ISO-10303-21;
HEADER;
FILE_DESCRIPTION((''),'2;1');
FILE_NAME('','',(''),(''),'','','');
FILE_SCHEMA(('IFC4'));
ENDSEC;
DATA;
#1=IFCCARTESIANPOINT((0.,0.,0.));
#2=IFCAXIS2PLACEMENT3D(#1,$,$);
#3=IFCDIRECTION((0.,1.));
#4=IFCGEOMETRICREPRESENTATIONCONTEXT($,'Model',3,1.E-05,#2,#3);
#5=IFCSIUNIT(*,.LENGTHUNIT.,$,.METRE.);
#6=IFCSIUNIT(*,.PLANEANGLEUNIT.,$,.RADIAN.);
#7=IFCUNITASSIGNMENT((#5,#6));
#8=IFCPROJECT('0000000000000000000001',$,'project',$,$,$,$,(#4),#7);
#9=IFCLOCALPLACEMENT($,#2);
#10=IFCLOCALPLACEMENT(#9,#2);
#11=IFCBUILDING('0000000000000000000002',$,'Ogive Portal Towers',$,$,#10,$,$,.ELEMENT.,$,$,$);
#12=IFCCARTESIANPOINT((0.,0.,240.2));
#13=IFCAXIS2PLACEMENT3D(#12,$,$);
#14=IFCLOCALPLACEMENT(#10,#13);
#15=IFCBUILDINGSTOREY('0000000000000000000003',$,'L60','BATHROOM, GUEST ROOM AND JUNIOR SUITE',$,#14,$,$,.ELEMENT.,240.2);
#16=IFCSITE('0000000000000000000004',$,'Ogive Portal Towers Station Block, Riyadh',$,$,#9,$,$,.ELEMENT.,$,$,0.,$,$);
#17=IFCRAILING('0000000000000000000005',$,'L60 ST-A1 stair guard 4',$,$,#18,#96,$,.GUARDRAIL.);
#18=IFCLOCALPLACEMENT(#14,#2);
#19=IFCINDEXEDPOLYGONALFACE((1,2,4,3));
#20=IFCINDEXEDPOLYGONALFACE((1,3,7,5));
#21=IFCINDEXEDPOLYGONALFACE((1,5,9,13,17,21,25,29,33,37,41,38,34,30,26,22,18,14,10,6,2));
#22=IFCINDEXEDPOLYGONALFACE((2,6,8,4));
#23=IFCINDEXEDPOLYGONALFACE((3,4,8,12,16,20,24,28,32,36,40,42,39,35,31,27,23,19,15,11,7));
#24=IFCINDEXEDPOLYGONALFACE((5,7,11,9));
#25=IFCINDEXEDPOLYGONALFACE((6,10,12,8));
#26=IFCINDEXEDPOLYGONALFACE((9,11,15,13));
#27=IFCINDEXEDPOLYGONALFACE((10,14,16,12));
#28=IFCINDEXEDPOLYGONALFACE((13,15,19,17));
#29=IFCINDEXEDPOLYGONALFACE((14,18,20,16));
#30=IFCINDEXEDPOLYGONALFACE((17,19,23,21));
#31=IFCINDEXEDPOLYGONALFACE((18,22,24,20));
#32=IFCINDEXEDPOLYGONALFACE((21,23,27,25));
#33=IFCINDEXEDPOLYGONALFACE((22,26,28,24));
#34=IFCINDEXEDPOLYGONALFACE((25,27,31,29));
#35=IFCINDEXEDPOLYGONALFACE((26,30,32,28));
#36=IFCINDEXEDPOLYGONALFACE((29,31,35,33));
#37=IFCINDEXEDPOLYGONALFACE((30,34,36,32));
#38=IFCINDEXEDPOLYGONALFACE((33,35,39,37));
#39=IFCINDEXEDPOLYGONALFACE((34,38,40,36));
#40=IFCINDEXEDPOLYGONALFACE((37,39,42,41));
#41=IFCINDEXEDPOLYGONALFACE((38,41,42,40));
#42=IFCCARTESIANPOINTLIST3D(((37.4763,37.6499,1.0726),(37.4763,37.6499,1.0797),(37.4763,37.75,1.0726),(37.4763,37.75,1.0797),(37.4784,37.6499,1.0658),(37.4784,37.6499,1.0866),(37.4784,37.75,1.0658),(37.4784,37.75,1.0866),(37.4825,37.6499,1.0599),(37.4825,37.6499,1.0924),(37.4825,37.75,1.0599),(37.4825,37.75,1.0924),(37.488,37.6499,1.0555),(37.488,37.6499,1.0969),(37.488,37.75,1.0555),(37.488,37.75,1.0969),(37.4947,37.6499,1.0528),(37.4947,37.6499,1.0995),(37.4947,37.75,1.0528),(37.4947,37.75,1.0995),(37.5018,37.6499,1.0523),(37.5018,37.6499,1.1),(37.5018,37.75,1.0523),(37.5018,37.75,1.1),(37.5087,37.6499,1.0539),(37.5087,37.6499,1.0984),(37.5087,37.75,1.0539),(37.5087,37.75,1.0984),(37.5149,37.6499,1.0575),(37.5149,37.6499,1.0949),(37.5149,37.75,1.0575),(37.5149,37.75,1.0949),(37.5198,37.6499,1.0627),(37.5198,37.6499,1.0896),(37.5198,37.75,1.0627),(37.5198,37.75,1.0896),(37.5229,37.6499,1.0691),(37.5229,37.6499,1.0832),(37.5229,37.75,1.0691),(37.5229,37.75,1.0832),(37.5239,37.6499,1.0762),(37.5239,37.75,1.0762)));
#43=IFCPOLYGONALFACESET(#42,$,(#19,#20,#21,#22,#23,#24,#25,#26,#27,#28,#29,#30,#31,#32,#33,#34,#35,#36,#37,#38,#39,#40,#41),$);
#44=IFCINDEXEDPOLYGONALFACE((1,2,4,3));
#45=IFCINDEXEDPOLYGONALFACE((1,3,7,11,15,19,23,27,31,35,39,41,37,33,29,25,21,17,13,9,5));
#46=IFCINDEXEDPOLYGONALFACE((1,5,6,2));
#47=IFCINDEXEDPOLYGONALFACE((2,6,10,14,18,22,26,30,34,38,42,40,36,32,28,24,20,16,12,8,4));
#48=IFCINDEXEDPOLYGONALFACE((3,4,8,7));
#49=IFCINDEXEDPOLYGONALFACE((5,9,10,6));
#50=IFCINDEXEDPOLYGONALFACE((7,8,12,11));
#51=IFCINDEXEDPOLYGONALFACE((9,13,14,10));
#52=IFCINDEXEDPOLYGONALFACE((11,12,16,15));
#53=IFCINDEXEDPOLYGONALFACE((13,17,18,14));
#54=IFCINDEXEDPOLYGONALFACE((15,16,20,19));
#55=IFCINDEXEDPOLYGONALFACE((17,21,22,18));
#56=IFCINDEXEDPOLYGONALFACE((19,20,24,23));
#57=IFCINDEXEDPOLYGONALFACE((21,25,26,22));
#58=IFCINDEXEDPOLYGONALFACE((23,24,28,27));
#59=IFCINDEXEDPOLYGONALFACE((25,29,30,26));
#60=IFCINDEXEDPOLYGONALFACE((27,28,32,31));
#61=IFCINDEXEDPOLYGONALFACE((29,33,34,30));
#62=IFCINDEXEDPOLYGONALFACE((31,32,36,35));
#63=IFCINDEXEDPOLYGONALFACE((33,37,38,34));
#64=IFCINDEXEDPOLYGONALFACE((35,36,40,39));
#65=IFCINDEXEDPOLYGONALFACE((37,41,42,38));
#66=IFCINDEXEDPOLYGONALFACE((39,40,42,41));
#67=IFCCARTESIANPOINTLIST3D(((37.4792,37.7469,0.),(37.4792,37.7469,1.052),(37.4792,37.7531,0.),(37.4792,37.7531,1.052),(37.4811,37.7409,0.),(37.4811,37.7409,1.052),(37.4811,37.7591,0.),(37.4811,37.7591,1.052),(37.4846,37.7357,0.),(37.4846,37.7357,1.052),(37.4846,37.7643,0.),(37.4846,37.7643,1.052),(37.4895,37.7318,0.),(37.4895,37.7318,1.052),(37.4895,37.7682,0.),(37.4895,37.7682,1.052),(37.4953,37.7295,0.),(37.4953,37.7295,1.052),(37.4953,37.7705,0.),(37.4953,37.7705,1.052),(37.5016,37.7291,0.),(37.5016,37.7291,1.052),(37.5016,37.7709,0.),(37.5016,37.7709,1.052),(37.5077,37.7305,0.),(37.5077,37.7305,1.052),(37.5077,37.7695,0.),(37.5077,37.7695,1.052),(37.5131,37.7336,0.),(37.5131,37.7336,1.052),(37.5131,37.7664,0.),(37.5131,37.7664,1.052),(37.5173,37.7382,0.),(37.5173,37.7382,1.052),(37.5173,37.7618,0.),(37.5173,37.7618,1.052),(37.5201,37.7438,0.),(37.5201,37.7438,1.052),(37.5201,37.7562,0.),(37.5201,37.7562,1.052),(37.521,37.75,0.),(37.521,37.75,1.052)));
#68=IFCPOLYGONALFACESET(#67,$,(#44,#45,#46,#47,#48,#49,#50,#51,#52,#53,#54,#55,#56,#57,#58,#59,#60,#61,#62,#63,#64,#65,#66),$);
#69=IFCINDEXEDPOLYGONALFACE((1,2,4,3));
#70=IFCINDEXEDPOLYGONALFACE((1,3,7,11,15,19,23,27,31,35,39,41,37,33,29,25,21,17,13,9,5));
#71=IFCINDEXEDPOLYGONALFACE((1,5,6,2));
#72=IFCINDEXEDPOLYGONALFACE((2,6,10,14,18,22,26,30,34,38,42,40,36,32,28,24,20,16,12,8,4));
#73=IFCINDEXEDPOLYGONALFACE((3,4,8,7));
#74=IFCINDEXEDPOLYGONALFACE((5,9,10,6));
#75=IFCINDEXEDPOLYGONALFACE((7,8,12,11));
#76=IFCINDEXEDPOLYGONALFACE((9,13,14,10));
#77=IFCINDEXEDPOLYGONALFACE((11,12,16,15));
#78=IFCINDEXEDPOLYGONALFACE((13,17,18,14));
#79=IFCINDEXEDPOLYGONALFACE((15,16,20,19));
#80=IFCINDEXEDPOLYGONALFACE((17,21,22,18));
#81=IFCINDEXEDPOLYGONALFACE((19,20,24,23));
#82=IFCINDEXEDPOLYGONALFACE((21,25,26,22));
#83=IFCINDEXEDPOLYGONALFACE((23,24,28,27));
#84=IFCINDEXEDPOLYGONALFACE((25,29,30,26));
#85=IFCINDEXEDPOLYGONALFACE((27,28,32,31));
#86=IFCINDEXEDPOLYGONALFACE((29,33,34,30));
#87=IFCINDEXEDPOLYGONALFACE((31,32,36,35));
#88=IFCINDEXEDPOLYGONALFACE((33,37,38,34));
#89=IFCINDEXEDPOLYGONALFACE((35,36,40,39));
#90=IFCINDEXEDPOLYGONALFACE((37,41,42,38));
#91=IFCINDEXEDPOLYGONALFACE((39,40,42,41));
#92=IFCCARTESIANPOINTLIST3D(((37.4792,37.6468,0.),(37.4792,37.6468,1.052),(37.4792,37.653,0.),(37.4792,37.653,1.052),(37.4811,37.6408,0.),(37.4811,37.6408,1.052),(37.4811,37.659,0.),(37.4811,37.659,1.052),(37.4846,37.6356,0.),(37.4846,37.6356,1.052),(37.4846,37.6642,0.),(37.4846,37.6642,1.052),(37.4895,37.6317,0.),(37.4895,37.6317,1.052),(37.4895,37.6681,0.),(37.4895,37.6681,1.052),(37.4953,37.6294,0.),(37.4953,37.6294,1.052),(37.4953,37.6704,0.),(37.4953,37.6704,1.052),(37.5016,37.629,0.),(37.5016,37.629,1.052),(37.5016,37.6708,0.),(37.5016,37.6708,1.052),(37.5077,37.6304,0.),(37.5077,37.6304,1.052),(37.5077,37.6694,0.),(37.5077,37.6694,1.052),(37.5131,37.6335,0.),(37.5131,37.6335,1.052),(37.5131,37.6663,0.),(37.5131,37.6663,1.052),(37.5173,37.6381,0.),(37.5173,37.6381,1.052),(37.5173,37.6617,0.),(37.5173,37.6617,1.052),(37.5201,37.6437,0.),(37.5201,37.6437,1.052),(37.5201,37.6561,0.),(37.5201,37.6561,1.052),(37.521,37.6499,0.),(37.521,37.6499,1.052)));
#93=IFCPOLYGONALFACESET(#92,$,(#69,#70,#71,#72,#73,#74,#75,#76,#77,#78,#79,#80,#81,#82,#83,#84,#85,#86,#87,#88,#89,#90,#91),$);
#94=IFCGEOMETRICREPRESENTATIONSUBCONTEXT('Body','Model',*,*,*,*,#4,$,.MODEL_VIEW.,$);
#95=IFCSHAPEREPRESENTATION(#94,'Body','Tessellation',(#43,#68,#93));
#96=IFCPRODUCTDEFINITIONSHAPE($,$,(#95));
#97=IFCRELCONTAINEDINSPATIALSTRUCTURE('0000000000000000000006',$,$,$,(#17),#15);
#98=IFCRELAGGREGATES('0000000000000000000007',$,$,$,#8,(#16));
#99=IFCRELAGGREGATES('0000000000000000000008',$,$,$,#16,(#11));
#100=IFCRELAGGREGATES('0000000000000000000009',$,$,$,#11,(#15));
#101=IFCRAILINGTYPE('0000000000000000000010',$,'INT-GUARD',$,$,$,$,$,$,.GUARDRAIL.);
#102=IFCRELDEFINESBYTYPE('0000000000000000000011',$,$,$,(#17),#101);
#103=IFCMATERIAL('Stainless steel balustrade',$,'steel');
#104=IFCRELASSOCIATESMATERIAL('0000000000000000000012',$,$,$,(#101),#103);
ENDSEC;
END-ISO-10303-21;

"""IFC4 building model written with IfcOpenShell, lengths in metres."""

from ifc_helpers import new_model, si_unit, direction, frame, origin, origin_2d, place, context, subcontext, project, spatial, circle, extrude, material, type_object, element, save


model = new_model("IFC4")

# Units and contexts
model_context = context("Model", 3, precision=1e-05, world=origin(), true_north=direction((0.0, 1.0)))
body_context = subcontext(model_context, "Body", "Model", "MODEL_VIEW")
ifc_project = project(units=[si_unit("LENGTHUNIT", "METRE"), si_unit("PLANEANGLEUNIT", "RADIAN")], contexts=[model_context])

# Site, building, storey
site_placement = place(None, origin())
site = spatial("IfcSite", under=ifc_project, at=site_placement, Name="Ogive Portal Towers Station Block, Riyadh", CompositionType="ELEMENT", RefElevation=0.0)
building_placement = place(site_placement, origin())
building = spatial("IfcBuilding", under=site, at=building_placement, Name="Ogive Portal Towers", CompositionType="ELEMENT")
storey_placement = place(building_placement, frame((0.0, 0.0, 240.2)))
storey = spatial("IfcBuildingStorey", under=building, at=storey_placement, Name="L60", Description="BATHROOM, GUEST ROOM AND JUNIOR SUITE", CompositionType="ELEMENT", Elevation=240.2)

# Railing
ifc_material_1 = material(Name="Stainless steel balustrade", Category="steel")
railing_type_1 = type_object("IfcRailingType", Name="INT-GUARD", PredefinedType="GUARDRAIL", material=ifc_material_1)
railing_1_placement = place(storey_placement, frame((37.5, 37.75, 0.0)))
element("IfcRailing", 1, at=railing_1_placement, inside=storey, type_object=railing_type_1, Name="L60 ST-A1 stair guard 4", PredefinedType="GUARDRAIL", context=body_context, shape_type="SweptSolid", body=[
    extrude(circle(Radius=0.0239, at=origin_2d()), frame((0.0, 0.0, 1.0762), z_axis=(0.0, -1.0, 0.0), x_axis=(1.0, 0.0, 0.0)), (0.0, 0.0, 1.0), 0.1001),
    extrude(circle(Radius=0.021, at=origin_2d()), origin(), (0.0, 0.0, 1.0), 1.052),
    extrude(circle(Radius=0.021, at=origin_2d()), frame((0.0, -0.1001, 0.0)), (0.0, 0.0, 1.0), 1.052),
])

save(model, "model.ifc")
